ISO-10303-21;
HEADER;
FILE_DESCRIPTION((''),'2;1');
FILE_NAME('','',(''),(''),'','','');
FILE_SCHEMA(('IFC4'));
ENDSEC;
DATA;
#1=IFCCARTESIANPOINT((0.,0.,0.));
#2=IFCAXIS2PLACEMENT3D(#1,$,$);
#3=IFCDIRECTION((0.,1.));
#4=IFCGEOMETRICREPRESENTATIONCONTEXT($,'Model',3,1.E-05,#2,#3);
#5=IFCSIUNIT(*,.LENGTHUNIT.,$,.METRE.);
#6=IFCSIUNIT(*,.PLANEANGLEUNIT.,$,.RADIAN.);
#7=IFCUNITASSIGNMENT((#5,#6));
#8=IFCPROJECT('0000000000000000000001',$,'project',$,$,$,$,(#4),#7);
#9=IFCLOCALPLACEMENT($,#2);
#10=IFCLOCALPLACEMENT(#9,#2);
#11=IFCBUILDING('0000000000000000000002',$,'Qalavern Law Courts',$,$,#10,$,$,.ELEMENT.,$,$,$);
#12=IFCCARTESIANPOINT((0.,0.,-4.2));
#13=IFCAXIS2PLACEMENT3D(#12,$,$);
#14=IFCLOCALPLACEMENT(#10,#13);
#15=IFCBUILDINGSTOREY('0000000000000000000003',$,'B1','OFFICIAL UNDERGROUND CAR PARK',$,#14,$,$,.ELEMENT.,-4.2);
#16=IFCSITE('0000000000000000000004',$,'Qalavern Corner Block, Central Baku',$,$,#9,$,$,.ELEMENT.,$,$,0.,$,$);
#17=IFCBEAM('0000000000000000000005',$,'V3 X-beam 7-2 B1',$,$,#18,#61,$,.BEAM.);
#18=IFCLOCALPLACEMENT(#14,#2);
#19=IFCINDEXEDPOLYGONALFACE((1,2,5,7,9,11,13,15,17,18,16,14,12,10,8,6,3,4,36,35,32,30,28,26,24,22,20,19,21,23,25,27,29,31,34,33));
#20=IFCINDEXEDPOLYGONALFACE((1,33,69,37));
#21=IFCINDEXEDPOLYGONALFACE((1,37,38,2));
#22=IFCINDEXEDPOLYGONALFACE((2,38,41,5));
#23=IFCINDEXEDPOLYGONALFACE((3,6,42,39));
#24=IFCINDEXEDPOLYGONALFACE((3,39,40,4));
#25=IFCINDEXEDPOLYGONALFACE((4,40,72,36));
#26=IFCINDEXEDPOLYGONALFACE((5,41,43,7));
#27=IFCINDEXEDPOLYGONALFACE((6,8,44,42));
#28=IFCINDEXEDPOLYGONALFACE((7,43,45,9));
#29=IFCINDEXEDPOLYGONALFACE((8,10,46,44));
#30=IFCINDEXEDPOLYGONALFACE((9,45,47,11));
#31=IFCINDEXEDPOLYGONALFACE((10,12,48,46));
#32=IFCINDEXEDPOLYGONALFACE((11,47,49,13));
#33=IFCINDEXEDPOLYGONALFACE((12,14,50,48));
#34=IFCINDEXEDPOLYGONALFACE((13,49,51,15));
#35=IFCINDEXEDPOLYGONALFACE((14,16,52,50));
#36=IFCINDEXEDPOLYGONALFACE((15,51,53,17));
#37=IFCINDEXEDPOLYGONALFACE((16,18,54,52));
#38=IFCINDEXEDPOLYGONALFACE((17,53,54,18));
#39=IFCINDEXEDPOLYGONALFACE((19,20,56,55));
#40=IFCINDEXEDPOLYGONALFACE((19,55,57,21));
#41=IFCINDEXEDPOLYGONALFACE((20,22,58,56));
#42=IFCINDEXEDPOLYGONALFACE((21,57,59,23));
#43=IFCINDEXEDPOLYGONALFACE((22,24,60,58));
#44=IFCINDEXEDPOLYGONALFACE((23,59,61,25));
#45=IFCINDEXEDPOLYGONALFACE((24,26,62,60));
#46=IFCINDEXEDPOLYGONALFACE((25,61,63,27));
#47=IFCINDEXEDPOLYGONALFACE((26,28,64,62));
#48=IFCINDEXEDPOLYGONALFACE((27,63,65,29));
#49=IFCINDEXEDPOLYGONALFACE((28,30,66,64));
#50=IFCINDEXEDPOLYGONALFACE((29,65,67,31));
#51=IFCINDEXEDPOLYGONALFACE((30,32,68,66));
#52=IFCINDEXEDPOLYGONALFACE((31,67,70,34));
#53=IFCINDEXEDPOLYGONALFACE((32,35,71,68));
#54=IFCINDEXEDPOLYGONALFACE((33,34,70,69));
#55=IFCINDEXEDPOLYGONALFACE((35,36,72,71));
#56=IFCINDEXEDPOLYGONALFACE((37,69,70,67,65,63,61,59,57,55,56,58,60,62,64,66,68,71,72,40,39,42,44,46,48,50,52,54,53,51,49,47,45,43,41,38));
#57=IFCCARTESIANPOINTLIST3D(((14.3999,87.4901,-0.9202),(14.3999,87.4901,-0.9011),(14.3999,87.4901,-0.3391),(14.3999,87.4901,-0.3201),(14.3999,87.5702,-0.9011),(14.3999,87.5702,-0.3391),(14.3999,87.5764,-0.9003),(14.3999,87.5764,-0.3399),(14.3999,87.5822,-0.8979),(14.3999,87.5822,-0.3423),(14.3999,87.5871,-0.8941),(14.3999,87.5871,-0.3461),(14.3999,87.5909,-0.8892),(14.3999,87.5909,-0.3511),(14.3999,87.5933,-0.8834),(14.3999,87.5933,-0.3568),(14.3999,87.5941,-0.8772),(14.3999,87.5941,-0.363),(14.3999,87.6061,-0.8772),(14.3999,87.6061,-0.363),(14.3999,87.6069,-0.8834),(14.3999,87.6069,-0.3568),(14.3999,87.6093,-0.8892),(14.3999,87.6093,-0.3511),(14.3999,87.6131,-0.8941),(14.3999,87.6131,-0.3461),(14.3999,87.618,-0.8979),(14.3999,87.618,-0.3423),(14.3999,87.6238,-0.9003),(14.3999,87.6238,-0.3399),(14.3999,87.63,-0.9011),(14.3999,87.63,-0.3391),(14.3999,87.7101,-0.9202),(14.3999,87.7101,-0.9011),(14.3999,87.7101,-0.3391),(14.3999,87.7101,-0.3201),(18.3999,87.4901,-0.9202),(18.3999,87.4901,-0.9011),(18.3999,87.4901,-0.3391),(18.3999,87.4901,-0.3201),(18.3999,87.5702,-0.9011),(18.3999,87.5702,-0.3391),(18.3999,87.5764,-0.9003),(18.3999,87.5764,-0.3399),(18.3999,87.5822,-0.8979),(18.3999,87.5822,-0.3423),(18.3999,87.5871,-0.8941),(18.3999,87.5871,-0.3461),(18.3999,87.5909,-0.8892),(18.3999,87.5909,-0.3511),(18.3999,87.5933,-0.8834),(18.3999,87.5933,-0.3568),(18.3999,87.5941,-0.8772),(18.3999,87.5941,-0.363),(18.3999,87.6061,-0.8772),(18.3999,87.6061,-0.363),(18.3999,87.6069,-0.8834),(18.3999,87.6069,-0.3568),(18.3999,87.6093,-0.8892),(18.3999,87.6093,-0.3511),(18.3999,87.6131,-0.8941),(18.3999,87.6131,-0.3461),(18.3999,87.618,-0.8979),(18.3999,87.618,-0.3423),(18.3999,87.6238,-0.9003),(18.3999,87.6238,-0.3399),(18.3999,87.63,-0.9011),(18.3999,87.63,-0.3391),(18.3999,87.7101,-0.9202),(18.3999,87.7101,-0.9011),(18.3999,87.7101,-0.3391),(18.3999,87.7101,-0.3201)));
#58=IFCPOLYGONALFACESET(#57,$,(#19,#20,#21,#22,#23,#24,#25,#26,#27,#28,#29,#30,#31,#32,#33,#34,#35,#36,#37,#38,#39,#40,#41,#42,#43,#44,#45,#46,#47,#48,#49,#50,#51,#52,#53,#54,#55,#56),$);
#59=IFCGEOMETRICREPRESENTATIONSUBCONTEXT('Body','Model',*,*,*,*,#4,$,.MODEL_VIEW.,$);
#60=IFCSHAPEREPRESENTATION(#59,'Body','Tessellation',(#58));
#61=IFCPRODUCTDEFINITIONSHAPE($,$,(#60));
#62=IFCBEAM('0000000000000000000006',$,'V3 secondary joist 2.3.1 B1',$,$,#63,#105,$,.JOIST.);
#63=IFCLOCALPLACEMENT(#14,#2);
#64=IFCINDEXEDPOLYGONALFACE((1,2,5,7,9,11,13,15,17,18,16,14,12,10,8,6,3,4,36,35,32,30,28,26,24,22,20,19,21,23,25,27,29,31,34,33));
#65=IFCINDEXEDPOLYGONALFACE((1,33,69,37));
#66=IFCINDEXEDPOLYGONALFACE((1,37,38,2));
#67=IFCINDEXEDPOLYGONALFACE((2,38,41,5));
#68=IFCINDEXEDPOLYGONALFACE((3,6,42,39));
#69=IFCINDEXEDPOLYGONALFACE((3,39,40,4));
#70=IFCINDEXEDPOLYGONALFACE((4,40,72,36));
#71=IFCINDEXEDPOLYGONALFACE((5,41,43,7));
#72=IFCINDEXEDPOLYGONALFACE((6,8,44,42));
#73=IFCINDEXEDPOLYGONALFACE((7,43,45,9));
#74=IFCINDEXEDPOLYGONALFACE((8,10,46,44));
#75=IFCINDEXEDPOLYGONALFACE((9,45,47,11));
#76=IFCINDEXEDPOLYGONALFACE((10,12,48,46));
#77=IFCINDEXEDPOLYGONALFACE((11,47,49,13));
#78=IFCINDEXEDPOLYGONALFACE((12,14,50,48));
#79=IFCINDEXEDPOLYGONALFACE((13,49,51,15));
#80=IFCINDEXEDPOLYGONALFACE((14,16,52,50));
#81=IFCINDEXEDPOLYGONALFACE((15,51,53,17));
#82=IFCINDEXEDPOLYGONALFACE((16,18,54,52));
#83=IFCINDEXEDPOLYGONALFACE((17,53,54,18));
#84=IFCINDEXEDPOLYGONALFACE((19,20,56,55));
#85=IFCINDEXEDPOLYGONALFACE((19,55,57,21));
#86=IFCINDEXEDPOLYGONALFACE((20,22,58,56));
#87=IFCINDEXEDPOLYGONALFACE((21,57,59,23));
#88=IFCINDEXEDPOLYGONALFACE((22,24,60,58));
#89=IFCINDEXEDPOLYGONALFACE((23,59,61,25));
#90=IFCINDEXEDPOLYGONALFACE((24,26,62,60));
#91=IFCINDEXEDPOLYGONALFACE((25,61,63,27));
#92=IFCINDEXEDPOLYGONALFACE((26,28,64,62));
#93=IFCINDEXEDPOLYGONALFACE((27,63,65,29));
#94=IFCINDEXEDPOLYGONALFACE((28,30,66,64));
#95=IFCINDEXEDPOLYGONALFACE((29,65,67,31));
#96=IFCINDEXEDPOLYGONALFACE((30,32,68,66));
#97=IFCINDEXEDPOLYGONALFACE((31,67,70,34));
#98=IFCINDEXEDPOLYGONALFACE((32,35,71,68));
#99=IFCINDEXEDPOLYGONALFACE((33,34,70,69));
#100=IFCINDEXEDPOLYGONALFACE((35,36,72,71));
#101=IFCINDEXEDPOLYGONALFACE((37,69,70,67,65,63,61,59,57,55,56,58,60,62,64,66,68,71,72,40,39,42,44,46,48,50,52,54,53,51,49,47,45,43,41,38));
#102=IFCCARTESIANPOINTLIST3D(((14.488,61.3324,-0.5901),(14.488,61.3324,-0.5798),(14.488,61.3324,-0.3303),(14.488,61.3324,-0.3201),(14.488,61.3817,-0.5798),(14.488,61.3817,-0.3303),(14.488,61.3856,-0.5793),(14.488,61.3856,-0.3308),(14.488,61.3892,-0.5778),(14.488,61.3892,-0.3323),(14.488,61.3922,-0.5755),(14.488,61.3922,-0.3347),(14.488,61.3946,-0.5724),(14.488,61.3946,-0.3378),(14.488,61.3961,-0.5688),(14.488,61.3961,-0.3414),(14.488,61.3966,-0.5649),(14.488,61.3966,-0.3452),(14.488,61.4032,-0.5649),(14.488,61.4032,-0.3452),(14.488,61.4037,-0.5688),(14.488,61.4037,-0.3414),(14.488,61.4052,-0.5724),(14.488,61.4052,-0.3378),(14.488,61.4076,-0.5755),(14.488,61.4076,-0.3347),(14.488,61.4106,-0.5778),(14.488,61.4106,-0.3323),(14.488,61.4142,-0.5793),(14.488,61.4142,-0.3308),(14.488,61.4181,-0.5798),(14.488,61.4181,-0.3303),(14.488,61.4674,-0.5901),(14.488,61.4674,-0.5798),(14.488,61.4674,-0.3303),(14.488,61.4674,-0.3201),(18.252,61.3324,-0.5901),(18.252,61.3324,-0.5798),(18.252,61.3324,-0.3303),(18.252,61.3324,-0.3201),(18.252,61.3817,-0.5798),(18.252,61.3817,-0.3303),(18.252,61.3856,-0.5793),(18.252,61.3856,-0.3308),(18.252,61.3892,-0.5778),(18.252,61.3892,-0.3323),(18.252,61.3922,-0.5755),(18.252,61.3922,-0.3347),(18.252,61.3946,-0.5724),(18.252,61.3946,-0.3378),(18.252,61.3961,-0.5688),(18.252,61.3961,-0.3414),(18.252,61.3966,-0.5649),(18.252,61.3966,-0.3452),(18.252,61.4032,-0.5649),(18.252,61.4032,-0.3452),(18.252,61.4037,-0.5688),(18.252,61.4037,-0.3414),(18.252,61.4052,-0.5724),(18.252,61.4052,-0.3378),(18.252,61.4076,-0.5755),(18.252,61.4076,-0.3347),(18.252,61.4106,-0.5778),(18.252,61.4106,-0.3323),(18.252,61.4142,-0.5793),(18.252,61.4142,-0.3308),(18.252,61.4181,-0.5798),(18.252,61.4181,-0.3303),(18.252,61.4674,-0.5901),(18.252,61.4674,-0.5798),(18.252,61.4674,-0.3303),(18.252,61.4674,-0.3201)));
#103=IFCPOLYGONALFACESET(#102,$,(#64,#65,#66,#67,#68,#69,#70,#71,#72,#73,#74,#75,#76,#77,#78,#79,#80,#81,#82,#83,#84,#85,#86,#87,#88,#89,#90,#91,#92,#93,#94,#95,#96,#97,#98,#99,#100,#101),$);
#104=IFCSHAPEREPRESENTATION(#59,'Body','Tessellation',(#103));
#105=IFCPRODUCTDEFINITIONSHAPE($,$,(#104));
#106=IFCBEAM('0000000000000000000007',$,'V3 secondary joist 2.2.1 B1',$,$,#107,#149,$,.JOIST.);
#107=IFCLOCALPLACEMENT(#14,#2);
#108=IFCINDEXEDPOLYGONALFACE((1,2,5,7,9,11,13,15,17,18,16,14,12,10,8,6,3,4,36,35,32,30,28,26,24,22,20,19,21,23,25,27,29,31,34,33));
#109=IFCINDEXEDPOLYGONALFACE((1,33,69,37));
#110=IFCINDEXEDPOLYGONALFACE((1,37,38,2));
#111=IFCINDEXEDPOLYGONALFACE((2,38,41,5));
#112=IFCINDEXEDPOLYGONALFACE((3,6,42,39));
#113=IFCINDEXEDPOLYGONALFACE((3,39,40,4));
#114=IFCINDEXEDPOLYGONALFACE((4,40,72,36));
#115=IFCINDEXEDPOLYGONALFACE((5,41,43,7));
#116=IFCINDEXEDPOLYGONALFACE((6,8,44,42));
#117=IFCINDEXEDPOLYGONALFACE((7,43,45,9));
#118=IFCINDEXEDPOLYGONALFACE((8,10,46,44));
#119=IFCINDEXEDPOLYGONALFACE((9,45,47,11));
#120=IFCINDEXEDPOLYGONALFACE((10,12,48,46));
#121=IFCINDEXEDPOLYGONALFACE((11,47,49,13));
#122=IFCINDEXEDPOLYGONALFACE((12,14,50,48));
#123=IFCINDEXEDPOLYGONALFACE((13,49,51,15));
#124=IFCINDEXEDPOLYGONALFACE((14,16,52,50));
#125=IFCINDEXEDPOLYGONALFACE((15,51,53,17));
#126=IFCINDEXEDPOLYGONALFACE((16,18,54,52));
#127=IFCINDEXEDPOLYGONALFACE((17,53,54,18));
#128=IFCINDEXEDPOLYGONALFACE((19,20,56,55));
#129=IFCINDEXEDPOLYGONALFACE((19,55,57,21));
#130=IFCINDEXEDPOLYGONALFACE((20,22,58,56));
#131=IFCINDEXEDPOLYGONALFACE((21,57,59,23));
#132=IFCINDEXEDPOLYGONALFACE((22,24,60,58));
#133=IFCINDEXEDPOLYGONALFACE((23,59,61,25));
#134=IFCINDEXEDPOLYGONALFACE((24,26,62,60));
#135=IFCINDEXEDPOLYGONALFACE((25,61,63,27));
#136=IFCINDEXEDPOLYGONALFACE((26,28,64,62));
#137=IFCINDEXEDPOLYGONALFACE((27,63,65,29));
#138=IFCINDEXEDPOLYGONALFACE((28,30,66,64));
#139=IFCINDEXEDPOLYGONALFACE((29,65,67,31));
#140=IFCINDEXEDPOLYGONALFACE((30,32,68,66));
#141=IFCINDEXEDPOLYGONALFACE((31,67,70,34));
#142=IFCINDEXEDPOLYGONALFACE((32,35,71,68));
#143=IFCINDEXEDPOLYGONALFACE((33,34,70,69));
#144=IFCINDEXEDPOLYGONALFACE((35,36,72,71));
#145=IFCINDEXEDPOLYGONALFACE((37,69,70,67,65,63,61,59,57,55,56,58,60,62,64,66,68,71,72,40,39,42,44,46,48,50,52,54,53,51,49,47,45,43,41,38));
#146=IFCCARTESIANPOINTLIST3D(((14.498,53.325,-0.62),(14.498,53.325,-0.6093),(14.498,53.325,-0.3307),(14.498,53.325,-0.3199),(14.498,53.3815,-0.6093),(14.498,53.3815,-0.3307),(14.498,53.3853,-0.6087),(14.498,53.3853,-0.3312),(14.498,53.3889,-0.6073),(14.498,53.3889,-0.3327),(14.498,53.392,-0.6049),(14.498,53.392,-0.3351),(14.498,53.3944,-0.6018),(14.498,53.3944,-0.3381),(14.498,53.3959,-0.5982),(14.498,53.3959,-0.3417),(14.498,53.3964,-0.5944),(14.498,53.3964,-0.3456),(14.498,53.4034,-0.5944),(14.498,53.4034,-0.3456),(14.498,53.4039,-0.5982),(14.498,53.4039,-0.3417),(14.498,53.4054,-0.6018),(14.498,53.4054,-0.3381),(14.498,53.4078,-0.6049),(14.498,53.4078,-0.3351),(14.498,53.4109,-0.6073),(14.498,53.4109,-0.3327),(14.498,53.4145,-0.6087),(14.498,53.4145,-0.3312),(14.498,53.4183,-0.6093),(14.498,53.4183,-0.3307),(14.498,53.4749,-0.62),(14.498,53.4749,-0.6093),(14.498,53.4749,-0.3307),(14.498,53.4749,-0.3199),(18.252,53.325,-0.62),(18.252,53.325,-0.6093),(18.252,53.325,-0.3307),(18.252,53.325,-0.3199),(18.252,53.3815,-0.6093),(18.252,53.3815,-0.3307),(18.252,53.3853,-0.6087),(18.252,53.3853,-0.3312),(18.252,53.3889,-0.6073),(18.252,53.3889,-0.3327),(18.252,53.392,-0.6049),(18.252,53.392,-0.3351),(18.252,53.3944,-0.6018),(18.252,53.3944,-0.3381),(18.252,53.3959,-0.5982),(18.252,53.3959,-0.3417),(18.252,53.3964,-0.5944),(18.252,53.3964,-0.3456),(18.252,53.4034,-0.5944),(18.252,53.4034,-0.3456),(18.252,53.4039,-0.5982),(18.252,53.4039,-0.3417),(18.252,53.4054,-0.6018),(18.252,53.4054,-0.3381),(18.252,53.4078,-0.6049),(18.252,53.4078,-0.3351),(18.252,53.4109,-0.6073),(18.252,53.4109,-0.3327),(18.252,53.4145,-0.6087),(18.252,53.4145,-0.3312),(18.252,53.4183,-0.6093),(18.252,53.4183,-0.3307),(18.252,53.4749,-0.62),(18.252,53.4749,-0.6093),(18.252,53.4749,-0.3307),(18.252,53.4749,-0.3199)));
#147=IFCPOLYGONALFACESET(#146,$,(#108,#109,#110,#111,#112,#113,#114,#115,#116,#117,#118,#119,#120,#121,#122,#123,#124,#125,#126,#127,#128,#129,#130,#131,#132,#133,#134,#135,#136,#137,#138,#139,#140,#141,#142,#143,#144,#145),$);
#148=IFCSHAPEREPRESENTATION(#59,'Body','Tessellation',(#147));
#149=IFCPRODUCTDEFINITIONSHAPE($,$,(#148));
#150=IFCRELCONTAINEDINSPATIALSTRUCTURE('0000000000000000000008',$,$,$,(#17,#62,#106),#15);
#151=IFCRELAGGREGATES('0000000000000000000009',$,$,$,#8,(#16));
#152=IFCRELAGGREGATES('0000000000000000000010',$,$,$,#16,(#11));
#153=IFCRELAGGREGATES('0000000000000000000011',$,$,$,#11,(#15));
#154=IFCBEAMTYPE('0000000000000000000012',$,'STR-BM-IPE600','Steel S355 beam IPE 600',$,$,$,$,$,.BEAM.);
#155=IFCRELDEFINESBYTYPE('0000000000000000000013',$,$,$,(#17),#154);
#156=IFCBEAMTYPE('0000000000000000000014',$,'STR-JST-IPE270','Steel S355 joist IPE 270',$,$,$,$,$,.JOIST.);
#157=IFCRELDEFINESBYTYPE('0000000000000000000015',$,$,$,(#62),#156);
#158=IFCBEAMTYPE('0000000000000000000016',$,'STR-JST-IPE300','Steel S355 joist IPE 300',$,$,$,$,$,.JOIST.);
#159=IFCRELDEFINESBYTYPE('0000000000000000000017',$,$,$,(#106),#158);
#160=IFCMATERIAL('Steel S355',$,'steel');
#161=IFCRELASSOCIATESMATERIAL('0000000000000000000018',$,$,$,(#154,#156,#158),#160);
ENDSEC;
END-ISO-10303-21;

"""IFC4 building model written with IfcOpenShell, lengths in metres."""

from ifc_helpers import new_model, si_unit, direction, frame, origin, origin_2d, place, context, subcontext, project, spatial, i_section, extrude, material, material_profile, profile_set, type_object, element, save


model = new_model("IFC4")

# Units and contexts
model_context = context("Model", 3, precision=1e-05, world=origin(), true_north=direction((0.0, 1.0)))
body_context = subcontext(model_context, "Body", "Model", "MODEL_VIEW")
ifc_project = project(units=[si_unit("LENGTHUNIT", "METRE"), si_unit("PLANEANGLEUNIT", "RADIAN")], contexts=[model_context])

# Site, building, storey
site_placement = place(None, origin())
site = spatial("IfcSite", under=ifc_project, at=site_placement, Name="Qalavern Corner Block, Central Baku", CompositionType="ELEMENT", RefElevation=0.0)
building_placement = place(site_placement, origin())
building = spatial("IfcBuilding", under=site, at=building_placement, Name="Qalavern Law Courts", CompositionType="ELEMENT")
storey_placement = place(building_placement, frame((0.0, 0.0, -4.2)))
storey = spatial("IfcBuildingStorey", under=building, at=storey_placement, Name="B1", Description="OFFICIAL UNDERGROUND CAR PARK", CompositionType="ELEMENT", Elevation=-4.2)

# Beams
ifc_material_1 = material(Name="Steel S355", Category="steel")
ifc_material_profile_1 = material_profile(ifc_material_1, i_section(OverallWidth=0.22, OverallDepth=0.6001, WebThickness=0.012, FlangeThickness=0.019, FilletRadius=0.0239, at=origin_2d()), Name="IPE 600")
ifc_profile_set_1 = profile_set([ifc_material_profile_1], Name="Steel S355")
beam_type_1 = type_object("IfcBeamType", Name="STR-BM-IPE600", Description="Steel S355 beam IPE 600", PredefinedType="BEAM", material=ifc_profile_set_1)
beam_1_placement = place(storey_placement, frame((14.3999, 87.6001, -0.6201), z_axis=(1.0, 0.0, 0.0), x_axis=(0.0, 1.0, 0.0)))
element("IfcBeam", 1, at=beam_1_placement, inside=storey, type_object=beam_type_1, Name="V3 X-beam 7-2 B1", PredefinedType="BEAM", context=body_context, shape_type="SweptSolid", body=[
    extrude(i_section(OverallWidth=0.22, OverallDepth=0.6001, WebThickness=0.012, FlangeThickness=0.019, FilletRadius=0.0239, at=origin_2d()), origin(), (0.0, 0.0, 1.0), 4.0),
])
ifc_material_profile_2 = material_profile(ifc_material_1, i_section(OverallWidth=0.135, OverallDepth=0.27, WebThickness=0.0066, FlangeThickness=0.0103, FilletRadius=0.0149, at=origin_2d()), Name="IPE 270")
ifc_profile_set_2 = profile_set([ifc_material_profile_2], Name="Steel S355")
beam_type_2 = type_object("IfcBeamType", Name="STR-JST-IPE270", Description="Steel S355 joist IPE 270", PredefinedType="JOIST", material=ifc_profile_set_2)
beam_2_placement = place(storey_placement, frame((14.488, 61.3999, -0.4551), z_axis=(1.0, 0.0, 0.0), x_axis=(0.0, 1.0, 0.0)))
element("IfcBeam", 2, at=beam_2_placement, inside=storey, type_object=beam_type_2, Name="V3 secondary joist 2.3.1 B1", PredefinedType="JOIST", context=body_context, shape_type="SweptSolid", body=[
    extrude(i_section(OverallWidth=0.135, OverallDepth=0.27, WebThickness=0.0066, FlangeThickness=0.0103, FilletRadius=0.0149, at=origin_2d()), origin(), (0.0, 0.0, 1.0), 3.7639),
])
ifc_material_profile_3 = material_profile(ifc_material_1, i_section(OverallWidth=0.1499, OverallDepth=0.3, WebThickness=0.0071, FlangeThickness=0.0107, FilletRadius=0.0149, at=origin_2d()), Name="IPE 300")
ifc_profile_set_3 = profile_set([ifc_material_profile_3], Name="Steel S355")
beam_type_3 = type_object("IfcBeamType", Name="STR-JST-IPE300", Description="Steel S355 joist IPE 300", PredefinedType="JOIST", material=ifc_profile_set_3)
beam_3_placement = place(storey_placement, frame((14.498, 53.3999, -0.47), z_axis=(1.0, 0.0, 0.0), x_axis=(0.0, 1.0, 0.0)))
element("IfcBeam", 3, at=beam_3_placement, inside=storey, type_object=beam_type_3, Name="V3 secondary joist 2.2.1 B1", PredefinedType="JOIST", context=body_context, shape_type="SweptSolid", body=[
    extrude(i_section(OverallWidth=0.1499, OverallDepth=0.3, WebThickness=0.0071, FlangeThickness=0.0107, FilletRadius=0.0149, at=origin_2d()), origin(), (0.0, 0.0, 1.0), 3.7539),
])

save(model, "model.ifc")
